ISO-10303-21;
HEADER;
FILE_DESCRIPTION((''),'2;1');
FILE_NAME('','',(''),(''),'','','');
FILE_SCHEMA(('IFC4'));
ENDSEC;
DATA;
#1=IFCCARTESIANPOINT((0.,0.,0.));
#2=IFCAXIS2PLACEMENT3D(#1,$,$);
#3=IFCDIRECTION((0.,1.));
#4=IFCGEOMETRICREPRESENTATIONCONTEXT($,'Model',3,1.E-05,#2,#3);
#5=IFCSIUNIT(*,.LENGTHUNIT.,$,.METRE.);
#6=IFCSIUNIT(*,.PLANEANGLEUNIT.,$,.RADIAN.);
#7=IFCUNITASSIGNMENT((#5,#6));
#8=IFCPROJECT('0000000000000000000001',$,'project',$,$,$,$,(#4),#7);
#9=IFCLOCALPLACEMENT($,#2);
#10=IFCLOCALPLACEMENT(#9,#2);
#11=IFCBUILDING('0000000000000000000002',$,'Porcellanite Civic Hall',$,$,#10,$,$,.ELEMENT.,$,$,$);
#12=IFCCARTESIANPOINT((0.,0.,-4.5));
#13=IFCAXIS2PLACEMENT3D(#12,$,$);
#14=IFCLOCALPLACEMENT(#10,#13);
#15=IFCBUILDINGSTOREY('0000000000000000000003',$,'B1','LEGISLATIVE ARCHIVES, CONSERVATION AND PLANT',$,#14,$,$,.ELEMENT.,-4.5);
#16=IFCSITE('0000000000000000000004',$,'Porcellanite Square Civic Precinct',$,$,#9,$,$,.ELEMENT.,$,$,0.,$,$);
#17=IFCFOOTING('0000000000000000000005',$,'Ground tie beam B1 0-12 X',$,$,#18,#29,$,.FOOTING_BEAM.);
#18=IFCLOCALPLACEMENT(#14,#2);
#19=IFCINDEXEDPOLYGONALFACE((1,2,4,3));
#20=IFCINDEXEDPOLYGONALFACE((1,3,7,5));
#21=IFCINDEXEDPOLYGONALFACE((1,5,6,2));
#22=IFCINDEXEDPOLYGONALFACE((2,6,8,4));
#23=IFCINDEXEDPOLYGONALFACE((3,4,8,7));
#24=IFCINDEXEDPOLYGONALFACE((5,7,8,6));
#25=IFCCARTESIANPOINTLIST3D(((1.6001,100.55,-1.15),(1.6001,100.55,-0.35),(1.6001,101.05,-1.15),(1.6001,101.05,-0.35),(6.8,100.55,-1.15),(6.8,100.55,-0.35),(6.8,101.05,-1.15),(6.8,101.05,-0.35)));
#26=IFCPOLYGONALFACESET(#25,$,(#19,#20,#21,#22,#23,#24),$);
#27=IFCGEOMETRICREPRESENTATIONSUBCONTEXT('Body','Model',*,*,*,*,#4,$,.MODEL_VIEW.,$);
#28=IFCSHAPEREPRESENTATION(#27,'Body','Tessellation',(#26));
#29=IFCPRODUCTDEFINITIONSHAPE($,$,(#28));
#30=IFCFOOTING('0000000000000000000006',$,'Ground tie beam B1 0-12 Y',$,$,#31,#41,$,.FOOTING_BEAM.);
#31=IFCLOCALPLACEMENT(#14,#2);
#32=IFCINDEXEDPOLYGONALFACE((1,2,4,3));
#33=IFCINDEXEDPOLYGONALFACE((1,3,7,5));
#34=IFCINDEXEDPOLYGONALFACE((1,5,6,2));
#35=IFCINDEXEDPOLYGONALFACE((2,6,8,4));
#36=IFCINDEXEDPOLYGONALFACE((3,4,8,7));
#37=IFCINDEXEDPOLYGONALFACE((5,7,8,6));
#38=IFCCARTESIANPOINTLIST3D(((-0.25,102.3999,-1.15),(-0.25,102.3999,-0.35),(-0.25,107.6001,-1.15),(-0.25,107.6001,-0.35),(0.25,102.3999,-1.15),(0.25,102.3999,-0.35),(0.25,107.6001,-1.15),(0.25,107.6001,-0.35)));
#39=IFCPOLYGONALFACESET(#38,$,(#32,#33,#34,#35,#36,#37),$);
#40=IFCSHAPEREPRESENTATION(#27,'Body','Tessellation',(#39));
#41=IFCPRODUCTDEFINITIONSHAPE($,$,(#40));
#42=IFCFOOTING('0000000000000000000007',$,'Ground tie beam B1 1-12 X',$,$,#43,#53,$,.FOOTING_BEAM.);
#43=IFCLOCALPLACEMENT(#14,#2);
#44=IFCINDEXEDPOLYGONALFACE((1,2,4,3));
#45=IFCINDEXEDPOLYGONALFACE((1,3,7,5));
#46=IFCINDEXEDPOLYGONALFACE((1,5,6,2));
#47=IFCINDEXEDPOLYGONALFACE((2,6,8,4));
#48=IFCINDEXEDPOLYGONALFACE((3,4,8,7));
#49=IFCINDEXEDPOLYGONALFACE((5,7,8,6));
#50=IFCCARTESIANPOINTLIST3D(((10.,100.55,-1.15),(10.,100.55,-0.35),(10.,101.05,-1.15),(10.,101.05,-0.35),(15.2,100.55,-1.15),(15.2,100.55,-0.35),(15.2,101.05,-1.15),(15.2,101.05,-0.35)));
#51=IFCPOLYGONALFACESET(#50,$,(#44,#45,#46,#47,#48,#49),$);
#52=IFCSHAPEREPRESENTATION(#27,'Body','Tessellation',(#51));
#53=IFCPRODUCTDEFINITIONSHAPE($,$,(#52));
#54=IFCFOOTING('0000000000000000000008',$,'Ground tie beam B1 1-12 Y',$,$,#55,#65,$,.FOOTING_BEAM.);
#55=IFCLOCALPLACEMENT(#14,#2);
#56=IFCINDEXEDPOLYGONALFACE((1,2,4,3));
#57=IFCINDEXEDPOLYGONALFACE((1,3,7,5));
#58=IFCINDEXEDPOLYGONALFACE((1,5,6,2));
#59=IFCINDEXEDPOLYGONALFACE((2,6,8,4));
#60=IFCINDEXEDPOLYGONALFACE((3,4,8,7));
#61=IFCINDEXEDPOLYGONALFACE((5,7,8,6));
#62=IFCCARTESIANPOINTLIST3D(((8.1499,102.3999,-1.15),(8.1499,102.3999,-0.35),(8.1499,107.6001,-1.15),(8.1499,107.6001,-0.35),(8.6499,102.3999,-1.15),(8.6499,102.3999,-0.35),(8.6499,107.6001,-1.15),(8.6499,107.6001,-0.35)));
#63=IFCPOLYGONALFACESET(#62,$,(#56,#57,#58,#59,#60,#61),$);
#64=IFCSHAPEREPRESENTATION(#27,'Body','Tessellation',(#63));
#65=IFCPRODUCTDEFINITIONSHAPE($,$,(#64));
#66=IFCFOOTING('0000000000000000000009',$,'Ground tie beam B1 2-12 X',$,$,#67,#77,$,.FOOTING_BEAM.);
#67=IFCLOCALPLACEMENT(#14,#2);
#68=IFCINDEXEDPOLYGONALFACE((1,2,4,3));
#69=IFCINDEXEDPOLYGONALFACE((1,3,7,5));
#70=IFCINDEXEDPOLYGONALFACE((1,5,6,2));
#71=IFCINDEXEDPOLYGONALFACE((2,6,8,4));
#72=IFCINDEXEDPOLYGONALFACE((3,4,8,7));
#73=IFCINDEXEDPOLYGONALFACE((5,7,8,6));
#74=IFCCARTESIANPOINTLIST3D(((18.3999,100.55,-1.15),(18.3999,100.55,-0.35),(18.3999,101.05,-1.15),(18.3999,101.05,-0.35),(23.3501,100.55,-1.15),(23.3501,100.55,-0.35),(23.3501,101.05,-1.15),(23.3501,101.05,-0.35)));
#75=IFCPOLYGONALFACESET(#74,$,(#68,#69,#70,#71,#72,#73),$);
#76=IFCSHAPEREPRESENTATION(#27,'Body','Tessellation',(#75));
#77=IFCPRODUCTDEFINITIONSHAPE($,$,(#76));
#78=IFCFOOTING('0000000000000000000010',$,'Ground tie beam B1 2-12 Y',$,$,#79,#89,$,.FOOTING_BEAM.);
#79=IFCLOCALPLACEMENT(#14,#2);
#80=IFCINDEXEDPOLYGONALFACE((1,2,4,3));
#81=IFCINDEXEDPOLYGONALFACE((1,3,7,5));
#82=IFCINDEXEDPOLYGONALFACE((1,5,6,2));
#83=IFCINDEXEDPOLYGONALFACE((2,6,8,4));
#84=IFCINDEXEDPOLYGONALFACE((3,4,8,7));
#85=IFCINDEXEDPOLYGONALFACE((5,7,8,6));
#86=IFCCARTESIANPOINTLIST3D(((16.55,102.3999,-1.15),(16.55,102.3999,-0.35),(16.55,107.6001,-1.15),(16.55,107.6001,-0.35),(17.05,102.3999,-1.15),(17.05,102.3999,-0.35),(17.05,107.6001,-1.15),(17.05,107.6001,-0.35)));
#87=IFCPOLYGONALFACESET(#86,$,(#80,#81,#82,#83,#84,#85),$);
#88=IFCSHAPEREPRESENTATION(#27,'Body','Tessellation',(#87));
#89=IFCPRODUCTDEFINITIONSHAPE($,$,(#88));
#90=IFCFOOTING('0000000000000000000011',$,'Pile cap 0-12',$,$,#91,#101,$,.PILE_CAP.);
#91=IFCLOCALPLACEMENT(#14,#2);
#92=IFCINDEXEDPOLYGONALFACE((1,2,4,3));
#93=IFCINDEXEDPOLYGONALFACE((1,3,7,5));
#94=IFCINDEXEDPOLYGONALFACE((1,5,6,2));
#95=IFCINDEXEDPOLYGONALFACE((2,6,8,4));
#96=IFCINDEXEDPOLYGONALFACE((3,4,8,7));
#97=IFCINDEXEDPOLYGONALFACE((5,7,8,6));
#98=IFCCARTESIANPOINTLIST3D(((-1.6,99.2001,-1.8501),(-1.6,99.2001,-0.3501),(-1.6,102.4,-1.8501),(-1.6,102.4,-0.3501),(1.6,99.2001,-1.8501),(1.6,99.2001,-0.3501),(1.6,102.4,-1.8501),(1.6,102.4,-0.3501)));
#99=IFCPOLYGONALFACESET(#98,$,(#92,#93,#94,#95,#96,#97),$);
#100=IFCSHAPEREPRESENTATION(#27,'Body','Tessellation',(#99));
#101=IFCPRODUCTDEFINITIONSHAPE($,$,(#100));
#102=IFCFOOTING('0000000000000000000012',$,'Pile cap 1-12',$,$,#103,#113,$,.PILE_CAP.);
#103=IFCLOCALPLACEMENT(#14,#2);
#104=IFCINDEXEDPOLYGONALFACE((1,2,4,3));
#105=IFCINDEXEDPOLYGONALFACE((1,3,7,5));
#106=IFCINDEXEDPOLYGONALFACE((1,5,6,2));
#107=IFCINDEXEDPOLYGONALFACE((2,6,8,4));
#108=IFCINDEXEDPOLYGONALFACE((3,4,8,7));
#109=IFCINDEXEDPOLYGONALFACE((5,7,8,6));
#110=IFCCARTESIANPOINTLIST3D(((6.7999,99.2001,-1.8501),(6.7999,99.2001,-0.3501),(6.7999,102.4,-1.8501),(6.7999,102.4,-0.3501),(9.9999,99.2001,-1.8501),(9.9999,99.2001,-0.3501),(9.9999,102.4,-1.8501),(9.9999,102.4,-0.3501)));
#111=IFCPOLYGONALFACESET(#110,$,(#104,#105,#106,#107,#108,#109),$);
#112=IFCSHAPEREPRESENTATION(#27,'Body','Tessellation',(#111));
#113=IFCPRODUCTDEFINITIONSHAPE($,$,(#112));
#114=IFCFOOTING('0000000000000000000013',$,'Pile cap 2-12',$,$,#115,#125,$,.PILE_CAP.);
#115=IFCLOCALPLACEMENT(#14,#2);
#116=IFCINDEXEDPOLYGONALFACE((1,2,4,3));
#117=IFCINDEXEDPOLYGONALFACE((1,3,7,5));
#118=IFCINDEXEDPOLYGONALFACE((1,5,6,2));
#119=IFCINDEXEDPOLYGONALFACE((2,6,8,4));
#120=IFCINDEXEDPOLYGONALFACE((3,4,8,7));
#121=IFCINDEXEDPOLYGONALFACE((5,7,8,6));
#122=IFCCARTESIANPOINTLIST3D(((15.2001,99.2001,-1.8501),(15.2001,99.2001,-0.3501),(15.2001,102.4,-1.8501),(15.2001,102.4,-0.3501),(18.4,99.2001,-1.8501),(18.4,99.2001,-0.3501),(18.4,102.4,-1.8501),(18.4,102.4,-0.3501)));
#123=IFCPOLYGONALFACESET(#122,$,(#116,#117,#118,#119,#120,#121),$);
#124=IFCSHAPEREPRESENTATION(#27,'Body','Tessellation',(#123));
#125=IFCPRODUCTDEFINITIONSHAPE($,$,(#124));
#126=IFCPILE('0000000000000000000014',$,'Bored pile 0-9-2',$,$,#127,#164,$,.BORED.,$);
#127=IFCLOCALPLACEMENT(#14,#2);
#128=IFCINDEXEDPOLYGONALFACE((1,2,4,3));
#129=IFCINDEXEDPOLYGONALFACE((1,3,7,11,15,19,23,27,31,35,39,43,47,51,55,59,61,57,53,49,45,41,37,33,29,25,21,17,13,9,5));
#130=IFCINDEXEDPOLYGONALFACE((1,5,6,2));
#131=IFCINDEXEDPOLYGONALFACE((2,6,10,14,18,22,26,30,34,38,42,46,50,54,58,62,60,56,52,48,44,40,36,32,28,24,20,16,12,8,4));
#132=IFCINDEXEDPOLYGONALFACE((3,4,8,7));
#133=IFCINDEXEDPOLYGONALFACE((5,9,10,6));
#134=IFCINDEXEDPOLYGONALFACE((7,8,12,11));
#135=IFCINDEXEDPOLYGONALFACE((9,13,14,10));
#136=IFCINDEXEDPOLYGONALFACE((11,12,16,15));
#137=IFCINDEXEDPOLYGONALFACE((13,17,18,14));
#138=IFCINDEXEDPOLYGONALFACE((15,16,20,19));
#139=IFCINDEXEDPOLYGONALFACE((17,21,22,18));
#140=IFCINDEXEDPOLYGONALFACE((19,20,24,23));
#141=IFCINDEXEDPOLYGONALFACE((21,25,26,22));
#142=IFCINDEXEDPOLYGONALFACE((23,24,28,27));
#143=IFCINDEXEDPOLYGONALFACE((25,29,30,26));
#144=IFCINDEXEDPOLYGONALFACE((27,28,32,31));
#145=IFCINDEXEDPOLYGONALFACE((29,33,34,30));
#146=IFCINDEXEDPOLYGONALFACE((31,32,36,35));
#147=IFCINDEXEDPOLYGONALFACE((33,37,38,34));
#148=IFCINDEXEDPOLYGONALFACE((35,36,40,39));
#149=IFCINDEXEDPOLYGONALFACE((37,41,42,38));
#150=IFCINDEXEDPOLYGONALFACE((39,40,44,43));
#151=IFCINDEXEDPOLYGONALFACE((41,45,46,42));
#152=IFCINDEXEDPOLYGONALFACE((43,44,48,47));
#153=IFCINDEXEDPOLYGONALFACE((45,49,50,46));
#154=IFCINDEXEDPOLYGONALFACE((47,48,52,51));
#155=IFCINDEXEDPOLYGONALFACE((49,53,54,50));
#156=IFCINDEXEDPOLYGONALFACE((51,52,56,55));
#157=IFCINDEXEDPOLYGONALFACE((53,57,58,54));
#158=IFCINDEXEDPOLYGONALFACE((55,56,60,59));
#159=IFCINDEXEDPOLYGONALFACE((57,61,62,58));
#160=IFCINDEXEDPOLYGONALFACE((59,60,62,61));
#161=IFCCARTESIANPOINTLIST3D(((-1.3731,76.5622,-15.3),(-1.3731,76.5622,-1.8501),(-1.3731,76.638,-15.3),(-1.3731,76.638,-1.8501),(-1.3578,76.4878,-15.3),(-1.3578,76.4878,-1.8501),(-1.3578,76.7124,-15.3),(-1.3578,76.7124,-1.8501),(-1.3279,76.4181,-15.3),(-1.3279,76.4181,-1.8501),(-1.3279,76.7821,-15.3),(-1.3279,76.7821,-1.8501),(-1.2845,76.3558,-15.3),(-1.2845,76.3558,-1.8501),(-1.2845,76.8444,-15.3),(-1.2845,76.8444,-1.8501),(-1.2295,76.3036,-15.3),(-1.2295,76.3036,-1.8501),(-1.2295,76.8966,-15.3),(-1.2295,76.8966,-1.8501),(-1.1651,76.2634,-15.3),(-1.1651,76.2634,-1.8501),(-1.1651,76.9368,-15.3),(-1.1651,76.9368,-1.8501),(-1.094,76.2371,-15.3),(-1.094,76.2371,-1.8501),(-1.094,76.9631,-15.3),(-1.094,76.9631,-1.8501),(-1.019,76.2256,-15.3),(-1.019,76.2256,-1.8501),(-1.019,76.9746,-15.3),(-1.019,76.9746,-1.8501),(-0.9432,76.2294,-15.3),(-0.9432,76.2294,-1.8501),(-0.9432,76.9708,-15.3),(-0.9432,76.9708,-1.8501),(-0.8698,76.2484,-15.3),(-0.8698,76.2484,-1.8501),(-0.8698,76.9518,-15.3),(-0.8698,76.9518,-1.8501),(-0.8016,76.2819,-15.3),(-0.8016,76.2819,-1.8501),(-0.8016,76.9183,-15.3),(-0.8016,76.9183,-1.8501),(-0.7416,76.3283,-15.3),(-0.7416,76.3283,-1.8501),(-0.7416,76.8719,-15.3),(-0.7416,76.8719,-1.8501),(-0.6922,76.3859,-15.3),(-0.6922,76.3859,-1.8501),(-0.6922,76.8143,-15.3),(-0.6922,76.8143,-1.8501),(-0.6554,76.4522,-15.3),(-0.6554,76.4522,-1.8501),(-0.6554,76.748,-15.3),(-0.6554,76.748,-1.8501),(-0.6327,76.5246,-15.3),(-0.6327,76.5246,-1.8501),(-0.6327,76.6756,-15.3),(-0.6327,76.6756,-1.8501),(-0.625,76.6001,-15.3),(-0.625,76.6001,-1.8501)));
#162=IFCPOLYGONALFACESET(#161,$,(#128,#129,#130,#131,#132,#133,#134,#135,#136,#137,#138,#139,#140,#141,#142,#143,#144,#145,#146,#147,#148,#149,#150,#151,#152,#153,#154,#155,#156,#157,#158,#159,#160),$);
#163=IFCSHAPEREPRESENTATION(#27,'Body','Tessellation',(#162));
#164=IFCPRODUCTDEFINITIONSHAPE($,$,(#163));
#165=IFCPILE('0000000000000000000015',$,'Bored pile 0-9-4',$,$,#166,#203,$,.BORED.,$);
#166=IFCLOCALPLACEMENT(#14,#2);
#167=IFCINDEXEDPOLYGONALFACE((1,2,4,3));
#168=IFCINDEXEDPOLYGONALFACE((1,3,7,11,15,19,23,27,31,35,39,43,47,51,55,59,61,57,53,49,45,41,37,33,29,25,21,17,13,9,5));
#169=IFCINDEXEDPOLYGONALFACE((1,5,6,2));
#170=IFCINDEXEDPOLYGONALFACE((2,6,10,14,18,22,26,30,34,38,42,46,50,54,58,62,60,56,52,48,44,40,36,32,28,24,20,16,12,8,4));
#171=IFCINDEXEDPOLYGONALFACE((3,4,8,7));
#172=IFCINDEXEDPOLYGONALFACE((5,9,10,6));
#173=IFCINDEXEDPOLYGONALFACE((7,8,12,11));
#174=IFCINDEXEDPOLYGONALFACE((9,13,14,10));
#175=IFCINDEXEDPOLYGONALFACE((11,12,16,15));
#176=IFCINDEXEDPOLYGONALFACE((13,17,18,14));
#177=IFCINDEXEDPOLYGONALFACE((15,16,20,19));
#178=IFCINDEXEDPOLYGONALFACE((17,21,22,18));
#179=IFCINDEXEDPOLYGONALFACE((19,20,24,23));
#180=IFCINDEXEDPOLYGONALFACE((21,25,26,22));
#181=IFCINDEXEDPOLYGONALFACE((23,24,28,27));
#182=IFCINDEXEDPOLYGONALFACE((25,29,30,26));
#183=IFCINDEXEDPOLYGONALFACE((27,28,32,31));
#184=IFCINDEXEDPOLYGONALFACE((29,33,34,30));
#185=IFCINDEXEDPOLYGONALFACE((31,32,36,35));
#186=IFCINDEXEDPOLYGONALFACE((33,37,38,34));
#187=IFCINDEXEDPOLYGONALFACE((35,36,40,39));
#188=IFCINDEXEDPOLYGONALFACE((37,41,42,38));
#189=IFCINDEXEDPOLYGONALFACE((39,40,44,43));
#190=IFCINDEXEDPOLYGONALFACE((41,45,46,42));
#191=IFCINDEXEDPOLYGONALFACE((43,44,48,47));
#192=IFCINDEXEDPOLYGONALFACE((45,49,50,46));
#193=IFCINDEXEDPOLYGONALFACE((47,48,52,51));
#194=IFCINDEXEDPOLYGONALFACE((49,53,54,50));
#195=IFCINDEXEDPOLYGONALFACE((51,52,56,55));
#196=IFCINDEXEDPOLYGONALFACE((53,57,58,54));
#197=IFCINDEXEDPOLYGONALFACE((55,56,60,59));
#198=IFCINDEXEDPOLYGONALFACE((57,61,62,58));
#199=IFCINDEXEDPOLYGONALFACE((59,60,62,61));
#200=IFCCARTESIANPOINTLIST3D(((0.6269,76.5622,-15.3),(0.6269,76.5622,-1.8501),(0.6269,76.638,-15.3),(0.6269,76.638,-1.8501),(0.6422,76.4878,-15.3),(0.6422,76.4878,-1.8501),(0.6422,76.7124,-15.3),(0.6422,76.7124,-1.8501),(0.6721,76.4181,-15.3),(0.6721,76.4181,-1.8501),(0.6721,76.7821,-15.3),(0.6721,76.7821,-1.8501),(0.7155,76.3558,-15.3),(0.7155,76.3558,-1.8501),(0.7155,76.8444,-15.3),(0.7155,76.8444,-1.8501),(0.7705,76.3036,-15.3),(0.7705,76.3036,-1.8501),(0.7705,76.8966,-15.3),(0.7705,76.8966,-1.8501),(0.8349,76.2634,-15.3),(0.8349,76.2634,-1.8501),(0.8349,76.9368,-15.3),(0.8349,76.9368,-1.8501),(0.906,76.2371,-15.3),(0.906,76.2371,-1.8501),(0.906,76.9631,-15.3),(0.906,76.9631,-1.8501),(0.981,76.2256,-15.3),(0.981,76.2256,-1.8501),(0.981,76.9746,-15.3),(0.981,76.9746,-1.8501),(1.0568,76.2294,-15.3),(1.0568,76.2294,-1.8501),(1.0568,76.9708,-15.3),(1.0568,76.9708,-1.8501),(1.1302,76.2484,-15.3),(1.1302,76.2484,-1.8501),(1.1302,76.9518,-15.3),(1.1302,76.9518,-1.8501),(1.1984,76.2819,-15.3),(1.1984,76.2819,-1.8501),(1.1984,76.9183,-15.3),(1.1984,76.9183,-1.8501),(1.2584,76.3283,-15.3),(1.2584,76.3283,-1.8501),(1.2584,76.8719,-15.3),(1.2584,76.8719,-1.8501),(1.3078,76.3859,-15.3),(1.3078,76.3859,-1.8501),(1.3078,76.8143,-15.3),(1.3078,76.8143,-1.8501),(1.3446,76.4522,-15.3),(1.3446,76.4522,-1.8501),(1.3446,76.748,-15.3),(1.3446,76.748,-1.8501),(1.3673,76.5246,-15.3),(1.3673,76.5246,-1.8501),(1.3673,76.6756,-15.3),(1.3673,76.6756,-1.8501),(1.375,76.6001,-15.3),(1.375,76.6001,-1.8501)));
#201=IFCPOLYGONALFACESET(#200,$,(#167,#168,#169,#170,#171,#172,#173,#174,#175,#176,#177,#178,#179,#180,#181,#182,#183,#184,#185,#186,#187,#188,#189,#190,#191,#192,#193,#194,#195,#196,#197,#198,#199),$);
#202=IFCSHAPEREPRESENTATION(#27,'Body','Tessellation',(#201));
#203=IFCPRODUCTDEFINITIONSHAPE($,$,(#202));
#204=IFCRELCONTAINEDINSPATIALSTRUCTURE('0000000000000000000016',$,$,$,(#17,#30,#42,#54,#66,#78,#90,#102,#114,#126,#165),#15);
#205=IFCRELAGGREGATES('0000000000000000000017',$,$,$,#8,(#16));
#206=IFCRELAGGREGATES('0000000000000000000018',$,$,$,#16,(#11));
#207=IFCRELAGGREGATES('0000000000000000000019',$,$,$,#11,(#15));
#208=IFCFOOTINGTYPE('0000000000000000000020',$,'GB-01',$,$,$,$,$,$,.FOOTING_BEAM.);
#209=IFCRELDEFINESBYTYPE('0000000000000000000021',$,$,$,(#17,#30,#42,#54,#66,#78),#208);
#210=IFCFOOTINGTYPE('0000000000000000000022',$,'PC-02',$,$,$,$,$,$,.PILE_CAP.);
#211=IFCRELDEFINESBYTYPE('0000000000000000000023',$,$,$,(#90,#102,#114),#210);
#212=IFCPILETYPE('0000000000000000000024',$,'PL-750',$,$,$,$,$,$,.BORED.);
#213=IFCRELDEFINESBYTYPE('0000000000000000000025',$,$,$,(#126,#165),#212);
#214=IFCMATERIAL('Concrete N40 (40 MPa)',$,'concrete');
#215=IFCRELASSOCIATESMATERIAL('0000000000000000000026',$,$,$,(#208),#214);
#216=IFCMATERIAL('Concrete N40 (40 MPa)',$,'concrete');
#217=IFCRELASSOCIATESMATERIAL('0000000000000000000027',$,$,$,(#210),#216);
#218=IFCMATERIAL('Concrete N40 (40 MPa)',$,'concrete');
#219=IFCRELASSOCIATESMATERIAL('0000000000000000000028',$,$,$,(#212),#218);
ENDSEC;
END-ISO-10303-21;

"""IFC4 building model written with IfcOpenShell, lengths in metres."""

from ifc_helpers import new_model, si_unit, direction, frame, origin, origin_2d, place, context, subcontext, project, spatial, rectangle, circle, extrude, material, material_profile, profile_set, type_object, element, save


model = new_model("IFC4")

# Units and contexts
model_context = context("Model", 3, precision=1e-05, world=origin(), true_north=direction((0.0, 1.0)))
body_context = subcontext(model_context, "Body", "Model", "MODEL_VIEW")
ifc_project = project(units=[si_unit("LENGTHUNIT", "METRE"), si_unit("PLANEANGLEUNIT", "RADIAN")], contexts=[model_context])

# Site, building, storey
site_placement = place(None, origin())
site = spatial("IfcSite", under=ifc_project, at=site_placement, Name="Porcellanite Square Civic Precinct", CompositionType="ELEMENT", RefElevation=0.0)
building_placement = place(site_placement, origin())
building = spatial("IfcBuilding", under=site, at=building_placement, Name="Porcellanite Civic Hall", CompositionType="ELEMENT")
storey_placement = place(building_placement, frame((0.0, 0.0, -4.5)))
storey = spatial("IfcBuildingStorey", under=building, at=storey_placement, Name="B1", Description="LEGISLATIVE ARCHIVES, CONSERVATION AND PLANT", CompositionType="ELEMENT", Elevation=-4.5)

# Footings
ifc_material_1 = material(Name="Concrete N40 (40 MPa)", Category="concrete")
ifc_material_profile_1 = material_profile(ifc_material_1, rectangle(XDim=0.5, YDim=0.8, at=origin_2d()), Name="RC-500x800")
ifc_profile_set_1 = profile_set([ifc_material_profile_1], Name="Concrete N40 (40 MPa)")
footing_type_1 = type_object("IfcFootingType", Name="GB-01", PredefinedType="FOOTING_BEAM", material=ifc_profile_set_1)
footing_1_placement = place(storey_placement, frame((1.6001, 100.8, -0.75), z_axis=(1.0, 0.0, 0.0), x_axis=(0.0, 1.0, 0.0)))
element("IfcFooting", 1, at=footing_1_placement, inside=storey, type_object=footing_type_1, Name="Ground tie beam B1 0-12 X", PredefinedType="FOOTING_BEAM", context=body_context, shape_type="SweptSolid", body=[
    extrude(rectangle(XDim=0.5, YDim=0.8, at=origin_2d()), origin(), (0.0, 0.0, 1.0), 5.2),
])
footing_2_placement = place(storey_placement, frame((0.0, 102.3999, -0.75), z_axis=(0.0, 1.0, 0.0), x_axis=(-1.0, 0.0, 0.0)))
element("IfcFooting", 2, at=footing_2_placement, inside=storey, type_object=footing_type_1, Name="Ground tie beam B1 0-12 Y", PredefinedType="FOOTING_BEAM", context=body_context, shape_type="SweptSolid", body=[
    extrude(rectangle(XDim=0.5, YDim=0.8, at=origin_2d()), origin(), (0.0, 0.0, 1.0), 5.2002),
])
footing_3_placement = place(storey_placement, frame((10.0, 100.8, -0.75), z_axis=(1.0, 0.0, 0.0), x_axis=(0.0, 1.0, 0.0)))
element("IfcFooting", 3, at=footing_3_placement, inside=storey, type_object=footing_type_1, Name="Ground tie beam B1 1-12 X", PredefinedType="FOOTING_BEAM", context=body_context, shape_type="SweptSolid", body=[
    extrude(rectangle(XDim=0.5, YDim=0.8, at=origin_2d()), origin(), (0.0, 0.0, 1.0), 5.2),
])
footing_4_placement = place(storey_placement, frame((8.3999, 102.3999, -0.75), z_axis=(0.0, 1.0, 0.0), x_axis=(-1.0, 0.0, 0.0)))
element("IfcFooting", 4, at=footing_4_placement, inside=storey, type_object=footing_type_1, Name="Ground tie beam B1 1-12 Y", PredefinedType="FOOTING_BEAM", context=body_context, shape_type="SweptSolid", body=[
    extrude(rectangle(XDim=0.5, YDim=0.8, at=origin_2d()), origin(), (0.0, 0.0, 1.0), 5.2002),
])
footing_5_placement = place(storey_placement, frame((18.3999, 100.8, -0.75), z_axis=(1.0, 0.0, 0.0), x_axis=(0.0, 1.0, 0.0)))
element("IfcFooting", 5, at=footing_5_placement, inside=storey, type_object=footing_type_1, Name="Ground tie beam B1 2-12 X", PredefinedType="FOOTING_BEAM", context=body_context, shape_type="SweptSolid", body=[
    extrude(rectangle(XDim=0.5, YDim=0.8, at=origin_2d()), origin(), (0.0, 0.0, 1.0), 4.9502),
])
footing_6_placement = place(storey_placement, frame((16.8, 102.3999, -0.75), z_axis=(0.0, 1.0, 0.0), x_axis=(-1.0, 0.0, 0.0)))
element("IfcFooting", 6, at=footing_6_placement, inside=storey, type_object=footing_type_1, Name="Ground tie beam B1 2-12 Y", PredefinedType="FOOTING_BEAM", context=body_context, shape_type="SweptSolid", body=[
    extrude(rectangle(XDim=0.5, YDim=0.8, at=origin_2d()), origin(), (0.0, 0.0, 1.0), 5.2002),
])
ifc_material_2 = material(Name="Concrete N40 (40 MPa)", Category="concrete")
footing_type_2 = type_object("IfcFootingType", Name="PC-02", PredefinedType="PILE_CAP", material=ifc_material_2)
for number, where, z_axis, x_axis, name in (
    (7, (0.0, 100.8, -1.8501), (0.0, 0.0, 1.0), (1.0, 0.0, 0.0), "Pile cap 0-12"),
    (8, (8.3999, 100.8, -1.8501), (0.0, 0.0, 1.0), (1.0, 0.0, 0.0), "Pile cap 1-12"),
    (9, (16.8, 100.8, -1.8501), (0.0, 0.0, 1.0), (1.0, 0.0, 0.0), "Pile cap 2-12"),
):
    element("IfcFooting", number, at=place(storey_placement, frame(where, z_axis=z_axis, x_axis=x_axis)), inside=storey, type_object=footing_type_2, Name=name, PredefinedType="PILE_CAP", context=body_context, shape_type="SweptSolid", body=[
        extrude(rectangle(XDim=3.2, YDim=3.2, at=origin_2d()), origin(), (0.0, 0.0, 1.0), 1.5),
    ])

# Piles
ifc_material_3 = material(Name="Concrete N40 (40 MPa)", Category="concrete")
ifc_material_profile_2 = material_profile(ifc_material_3, circle(Radius=0.375, at=origin_2d()), Name="PILE-D750")
ifc_profile_set_2 = profile_set([ifc_material_profile_2], Name="Concrete N40 (40 MPa)")
pile_type_1 = type_object("IfcPileType", Name="PL-750", PredefinedType="BORED", material=ifc_profile_set_2)
for number, where, z_axis, x_axis, name in (
    (10, (-1.0, 76.6001, -1.8501), (0.0, 0.0, -1.0), (1.0, 0.0, 0.0), "Bored pile 0-9-2"),
    (11, (1.0, 76.6001, -1.8501), (0.0, 0.0, -1.0), (1.0, 0.0, 0.0), "Bored pile 0-9-4"),
):
    element("IfcPile", number, at=place(storey_placement, frame(where, z_axis=z_axis, x_axis=x_axis)), inside=storey, type_object=pile_type_1, Name=name, PredefinedType="BORED", context=body_context, shape_type="SweptSolid", body=[
        extrude(circle(Radius=0.375, at=origin_2d()), origin(), (0.0, 0.0, 1.0), 13.45),
    ])

save(model, "model.ifc")
